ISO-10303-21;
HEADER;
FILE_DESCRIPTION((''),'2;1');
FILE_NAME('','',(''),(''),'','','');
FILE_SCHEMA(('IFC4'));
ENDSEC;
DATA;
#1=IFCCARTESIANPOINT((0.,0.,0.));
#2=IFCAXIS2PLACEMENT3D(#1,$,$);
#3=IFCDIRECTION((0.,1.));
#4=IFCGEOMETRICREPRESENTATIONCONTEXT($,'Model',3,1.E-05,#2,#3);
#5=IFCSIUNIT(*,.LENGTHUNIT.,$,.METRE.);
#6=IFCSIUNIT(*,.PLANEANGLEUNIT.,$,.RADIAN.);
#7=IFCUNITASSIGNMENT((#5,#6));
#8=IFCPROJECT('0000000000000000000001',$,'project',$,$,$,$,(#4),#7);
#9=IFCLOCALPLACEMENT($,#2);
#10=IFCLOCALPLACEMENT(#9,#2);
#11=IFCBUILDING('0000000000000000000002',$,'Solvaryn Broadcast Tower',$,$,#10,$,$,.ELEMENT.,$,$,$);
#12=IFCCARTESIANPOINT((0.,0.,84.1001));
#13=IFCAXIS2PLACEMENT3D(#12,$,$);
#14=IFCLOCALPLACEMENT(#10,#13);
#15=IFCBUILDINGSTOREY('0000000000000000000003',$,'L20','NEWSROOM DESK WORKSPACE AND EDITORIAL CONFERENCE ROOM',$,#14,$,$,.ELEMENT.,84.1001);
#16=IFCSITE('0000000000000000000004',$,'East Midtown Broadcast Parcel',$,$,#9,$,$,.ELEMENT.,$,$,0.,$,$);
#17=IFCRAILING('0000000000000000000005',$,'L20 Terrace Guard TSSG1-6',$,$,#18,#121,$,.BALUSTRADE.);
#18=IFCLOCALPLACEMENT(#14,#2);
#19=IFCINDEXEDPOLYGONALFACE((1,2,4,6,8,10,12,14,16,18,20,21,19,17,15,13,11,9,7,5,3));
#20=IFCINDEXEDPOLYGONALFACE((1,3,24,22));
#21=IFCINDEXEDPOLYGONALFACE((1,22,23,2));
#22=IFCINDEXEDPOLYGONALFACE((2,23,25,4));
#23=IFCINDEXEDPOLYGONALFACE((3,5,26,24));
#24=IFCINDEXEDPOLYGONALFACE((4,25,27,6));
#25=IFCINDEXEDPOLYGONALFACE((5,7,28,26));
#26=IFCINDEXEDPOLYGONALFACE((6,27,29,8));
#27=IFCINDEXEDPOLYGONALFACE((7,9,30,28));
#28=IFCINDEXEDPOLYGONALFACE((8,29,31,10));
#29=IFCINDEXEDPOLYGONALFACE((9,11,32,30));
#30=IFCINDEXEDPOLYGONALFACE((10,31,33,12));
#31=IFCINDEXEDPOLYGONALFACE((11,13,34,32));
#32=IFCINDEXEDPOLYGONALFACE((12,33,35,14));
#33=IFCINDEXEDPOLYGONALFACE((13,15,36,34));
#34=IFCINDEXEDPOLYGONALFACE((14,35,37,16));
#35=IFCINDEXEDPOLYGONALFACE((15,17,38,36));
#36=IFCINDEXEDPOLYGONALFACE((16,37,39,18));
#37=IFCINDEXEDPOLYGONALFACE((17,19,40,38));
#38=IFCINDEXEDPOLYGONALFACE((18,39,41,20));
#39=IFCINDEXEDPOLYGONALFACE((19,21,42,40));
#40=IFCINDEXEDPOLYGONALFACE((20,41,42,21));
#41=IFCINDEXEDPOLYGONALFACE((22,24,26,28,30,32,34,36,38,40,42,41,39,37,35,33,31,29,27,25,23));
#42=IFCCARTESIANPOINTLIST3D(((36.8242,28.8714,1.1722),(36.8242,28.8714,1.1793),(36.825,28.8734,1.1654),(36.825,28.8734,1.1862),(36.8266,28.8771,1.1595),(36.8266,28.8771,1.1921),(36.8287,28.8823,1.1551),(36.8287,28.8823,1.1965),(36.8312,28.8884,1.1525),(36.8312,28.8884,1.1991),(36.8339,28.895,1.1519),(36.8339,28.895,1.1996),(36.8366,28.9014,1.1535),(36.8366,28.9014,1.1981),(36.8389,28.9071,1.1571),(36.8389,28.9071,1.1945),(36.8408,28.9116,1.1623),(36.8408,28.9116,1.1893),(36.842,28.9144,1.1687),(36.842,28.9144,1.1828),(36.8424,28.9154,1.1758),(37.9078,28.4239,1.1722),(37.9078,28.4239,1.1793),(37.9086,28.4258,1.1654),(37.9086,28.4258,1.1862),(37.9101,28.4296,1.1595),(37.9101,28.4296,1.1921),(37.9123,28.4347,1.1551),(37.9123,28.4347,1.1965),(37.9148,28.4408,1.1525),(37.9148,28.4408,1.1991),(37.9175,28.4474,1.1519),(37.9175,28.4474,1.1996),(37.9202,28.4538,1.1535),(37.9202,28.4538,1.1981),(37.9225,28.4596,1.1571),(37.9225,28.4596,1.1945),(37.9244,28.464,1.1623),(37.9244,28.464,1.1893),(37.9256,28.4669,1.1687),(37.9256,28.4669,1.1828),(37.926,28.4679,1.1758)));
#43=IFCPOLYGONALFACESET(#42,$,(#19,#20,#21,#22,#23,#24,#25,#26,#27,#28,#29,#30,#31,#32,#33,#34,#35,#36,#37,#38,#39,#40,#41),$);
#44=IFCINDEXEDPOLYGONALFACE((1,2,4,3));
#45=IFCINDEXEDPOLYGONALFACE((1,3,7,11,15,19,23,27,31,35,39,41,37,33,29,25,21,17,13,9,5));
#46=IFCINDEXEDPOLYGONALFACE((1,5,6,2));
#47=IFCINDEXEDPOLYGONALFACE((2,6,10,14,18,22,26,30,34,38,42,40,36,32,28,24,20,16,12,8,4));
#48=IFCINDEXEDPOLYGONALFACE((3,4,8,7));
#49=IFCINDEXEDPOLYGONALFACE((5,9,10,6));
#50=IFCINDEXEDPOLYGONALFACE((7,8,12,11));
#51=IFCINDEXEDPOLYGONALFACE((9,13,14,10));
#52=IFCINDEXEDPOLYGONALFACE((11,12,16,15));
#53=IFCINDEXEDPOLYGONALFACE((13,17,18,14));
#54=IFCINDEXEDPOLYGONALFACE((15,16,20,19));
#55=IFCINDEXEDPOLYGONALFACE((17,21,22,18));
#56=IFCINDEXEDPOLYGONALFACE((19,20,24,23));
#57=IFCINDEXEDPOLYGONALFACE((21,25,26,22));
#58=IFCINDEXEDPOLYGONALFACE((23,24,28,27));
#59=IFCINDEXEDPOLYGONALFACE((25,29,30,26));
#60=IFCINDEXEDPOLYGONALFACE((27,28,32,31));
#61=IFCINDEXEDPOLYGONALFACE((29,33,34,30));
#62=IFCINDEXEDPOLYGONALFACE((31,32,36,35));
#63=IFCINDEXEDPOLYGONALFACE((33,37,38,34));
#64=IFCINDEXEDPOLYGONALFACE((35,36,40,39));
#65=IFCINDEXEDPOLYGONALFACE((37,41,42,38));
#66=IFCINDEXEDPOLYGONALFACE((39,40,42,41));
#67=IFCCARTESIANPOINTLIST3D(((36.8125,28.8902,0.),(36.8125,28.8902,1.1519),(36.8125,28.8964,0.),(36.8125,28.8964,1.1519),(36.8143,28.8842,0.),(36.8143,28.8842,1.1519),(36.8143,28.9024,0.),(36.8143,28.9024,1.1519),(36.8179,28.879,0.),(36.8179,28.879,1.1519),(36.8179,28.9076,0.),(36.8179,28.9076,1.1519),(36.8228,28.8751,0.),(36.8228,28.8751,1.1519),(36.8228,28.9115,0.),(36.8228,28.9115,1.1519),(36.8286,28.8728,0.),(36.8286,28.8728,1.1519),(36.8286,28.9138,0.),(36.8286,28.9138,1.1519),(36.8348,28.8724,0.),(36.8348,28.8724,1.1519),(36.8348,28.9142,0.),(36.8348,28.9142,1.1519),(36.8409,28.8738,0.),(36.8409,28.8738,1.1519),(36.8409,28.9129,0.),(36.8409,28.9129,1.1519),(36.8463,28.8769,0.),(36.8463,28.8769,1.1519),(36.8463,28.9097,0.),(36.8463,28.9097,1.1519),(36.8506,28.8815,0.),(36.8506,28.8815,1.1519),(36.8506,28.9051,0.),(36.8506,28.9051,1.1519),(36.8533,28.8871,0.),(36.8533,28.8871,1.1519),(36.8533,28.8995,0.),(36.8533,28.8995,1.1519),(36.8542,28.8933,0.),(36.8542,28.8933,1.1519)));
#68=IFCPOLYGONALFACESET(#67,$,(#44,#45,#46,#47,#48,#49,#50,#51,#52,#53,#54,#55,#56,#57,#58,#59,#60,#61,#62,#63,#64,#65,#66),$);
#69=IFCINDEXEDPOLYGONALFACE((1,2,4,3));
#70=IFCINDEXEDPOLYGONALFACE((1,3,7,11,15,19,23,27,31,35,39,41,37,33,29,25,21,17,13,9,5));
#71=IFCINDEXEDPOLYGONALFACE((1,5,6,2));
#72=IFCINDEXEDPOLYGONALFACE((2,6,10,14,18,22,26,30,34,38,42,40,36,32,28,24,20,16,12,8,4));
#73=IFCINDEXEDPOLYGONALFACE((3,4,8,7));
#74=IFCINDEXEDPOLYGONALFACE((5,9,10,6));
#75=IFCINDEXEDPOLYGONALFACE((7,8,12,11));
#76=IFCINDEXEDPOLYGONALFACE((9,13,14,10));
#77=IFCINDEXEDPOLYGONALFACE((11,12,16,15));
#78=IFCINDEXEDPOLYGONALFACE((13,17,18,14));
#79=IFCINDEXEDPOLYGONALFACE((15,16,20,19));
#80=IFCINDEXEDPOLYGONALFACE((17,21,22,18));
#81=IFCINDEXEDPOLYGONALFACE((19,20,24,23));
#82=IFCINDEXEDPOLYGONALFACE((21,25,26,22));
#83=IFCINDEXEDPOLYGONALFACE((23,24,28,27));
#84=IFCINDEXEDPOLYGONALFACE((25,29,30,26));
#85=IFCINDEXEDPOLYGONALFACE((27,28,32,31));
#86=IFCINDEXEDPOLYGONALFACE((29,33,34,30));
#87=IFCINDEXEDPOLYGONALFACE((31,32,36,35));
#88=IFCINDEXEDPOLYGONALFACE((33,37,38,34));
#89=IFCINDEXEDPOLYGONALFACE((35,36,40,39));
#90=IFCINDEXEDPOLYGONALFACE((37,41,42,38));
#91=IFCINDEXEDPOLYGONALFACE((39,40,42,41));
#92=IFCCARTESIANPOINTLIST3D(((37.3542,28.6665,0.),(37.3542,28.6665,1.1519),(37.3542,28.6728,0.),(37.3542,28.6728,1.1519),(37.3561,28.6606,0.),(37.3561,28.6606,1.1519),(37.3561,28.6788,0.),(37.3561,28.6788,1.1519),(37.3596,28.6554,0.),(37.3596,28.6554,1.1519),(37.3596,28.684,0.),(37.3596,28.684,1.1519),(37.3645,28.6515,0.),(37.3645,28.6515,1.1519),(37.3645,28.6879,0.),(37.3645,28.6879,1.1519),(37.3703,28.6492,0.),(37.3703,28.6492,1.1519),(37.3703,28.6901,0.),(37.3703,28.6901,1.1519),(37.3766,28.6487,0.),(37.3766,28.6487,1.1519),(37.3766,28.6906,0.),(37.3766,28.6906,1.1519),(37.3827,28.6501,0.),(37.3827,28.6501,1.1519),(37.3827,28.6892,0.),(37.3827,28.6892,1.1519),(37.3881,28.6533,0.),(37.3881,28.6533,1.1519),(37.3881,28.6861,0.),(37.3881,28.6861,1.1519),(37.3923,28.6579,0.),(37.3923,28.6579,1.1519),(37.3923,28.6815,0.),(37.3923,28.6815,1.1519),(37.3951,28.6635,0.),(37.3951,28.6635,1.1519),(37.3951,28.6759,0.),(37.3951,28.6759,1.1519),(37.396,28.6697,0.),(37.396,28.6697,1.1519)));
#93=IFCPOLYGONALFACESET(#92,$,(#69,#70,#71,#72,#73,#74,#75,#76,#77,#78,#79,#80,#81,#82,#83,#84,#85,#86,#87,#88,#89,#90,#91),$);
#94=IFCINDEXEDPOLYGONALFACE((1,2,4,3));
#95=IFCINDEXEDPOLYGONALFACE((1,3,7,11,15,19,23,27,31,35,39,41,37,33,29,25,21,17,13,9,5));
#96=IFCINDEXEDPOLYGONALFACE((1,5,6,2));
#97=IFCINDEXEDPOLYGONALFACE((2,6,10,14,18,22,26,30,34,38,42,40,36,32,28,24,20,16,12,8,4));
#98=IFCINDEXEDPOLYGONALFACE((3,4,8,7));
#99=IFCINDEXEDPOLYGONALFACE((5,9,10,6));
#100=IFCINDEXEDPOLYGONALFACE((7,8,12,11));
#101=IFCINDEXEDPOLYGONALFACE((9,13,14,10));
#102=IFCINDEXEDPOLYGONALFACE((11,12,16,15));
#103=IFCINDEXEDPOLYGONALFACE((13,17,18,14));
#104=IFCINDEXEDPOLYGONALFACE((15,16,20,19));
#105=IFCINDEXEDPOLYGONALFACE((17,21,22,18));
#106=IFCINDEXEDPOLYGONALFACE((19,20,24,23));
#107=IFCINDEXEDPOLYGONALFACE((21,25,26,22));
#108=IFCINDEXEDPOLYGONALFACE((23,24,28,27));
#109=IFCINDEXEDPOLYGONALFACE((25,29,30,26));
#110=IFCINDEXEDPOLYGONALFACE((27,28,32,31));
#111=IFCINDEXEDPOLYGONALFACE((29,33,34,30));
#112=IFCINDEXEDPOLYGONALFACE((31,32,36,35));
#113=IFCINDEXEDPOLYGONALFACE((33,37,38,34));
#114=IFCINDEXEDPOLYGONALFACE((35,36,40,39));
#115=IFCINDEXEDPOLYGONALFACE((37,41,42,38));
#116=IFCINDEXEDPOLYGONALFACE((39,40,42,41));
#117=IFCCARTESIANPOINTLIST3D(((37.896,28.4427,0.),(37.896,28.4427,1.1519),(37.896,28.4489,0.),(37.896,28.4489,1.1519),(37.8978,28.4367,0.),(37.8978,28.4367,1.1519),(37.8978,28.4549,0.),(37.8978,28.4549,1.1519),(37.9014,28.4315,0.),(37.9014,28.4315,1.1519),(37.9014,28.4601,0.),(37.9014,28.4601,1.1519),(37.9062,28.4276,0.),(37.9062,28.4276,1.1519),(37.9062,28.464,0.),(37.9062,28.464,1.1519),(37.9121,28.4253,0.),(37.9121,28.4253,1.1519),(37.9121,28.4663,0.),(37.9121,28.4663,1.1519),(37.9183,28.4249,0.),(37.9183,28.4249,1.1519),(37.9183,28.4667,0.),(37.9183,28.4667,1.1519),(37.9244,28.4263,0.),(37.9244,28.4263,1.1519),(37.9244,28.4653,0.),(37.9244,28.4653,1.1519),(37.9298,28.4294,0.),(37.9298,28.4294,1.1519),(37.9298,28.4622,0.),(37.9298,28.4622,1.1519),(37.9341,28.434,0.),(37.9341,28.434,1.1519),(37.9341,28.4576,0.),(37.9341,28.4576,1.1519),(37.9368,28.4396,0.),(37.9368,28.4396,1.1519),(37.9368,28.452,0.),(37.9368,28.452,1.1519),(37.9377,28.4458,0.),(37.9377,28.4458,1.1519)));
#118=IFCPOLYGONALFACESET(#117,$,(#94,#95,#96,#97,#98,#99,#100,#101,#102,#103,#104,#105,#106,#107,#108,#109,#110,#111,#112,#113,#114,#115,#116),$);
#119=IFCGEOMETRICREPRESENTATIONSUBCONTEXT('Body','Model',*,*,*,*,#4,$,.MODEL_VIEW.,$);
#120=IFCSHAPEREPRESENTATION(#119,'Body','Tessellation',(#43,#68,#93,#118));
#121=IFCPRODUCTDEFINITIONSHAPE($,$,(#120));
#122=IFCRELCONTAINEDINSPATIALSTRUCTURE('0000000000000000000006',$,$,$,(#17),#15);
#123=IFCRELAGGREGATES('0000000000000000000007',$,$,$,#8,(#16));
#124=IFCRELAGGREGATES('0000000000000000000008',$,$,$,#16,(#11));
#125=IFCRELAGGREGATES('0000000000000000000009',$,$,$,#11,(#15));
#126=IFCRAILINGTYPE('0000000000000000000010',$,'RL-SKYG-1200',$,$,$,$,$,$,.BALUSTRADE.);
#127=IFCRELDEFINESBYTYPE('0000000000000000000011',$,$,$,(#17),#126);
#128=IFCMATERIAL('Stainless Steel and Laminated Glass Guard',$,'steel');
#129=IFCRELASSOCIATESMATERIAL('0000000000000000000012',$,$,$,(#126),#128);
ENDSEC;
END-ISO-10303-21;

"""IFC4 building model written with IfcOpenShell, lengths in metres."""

from ifc_helpers import new_model, si_unit, direction, frame, origin, origin_2d, place, context, subcontext, project, spatial, circle, extrude, material, type_object, element, save


model = new_model("IFC4")

# Units and contexts
model_context = context("Model", 3, precision=1e-05, world=origin(), true_north=direction((0.0, 1.0)))
body_context = subcontext(model_context, "Body", "Model", "MODEL_VIEW")
ifc_project = project(units=[si_unit("LENGTHUNIT", "METRE"), si_unit("PLANEANGLEUNIT", "RADIAN")], contexts=[model_context])

# Site, building, storey
site_placement = place(None, origin())
site = spatial("IfcSite", under=ifc_project, at=site_placement, Name="East Midtown Broadcast Parcel", CompositionType="ELEMENT", RefElevation=0.0)
building_placement = place(site_placement, origin())
building = spatial("IfcBuilding", under=site, at=building_placement, Name="Solvaryn Broadcast Tower", CompositionType="ELEMENT")
storey_placement = place(building_placement, frame((0.0, 0.0, 84.1001)))
storey = spatial("IfcBuildingStorey", under=building, at=storey_placement, Name="L20", Description="NEWSROOM DESK WORKSPACE AND EDITORIAL CONFERENCE ROOM", CompositionType="ELEMENT", Elevation=84.1001)

# Railing
ifc_material_1 = material(Name="Stainless Steel and Laminated Glass Guard", Category="steel")
railing_type_1 = type_object("IfcRailingType", Name="RL-SKYG-1200", PredefinedType="BALUSTRADE", material=ifc_material_1)
railing_1_placement = place(storey_placement, frame((36.8333, 28.8933, 0.0)))
element("IfcRailing", 1, at=railing_1_placement, inside=storey, type_object=railing_type_1, Name="L20 Terrace Guard TSSG1-6", PredefinedType="BALUSTRADE", context=body_context, shape_type="SweptSolid", body=[
    extrude(circle(Radius=0.0239, at=origin_2d()), frame((0.0, 0.0, 1.1758), z_axis=(0.924268, -0.381745, 0.0), x_axis=(0.381745, 0.924268, 0.0)), (0.0, 0.0, 1.0), 1.1724),
    extrude(circle(Radius=0.021, at=origin_2d()), origin(), (0.0, 0.0, 1.0), 1.1519),
    extrude(circle(Radius=0.021, at=origin_2d()), frame((0.5417, -0.2236, 0.0)), (0.0, 0.0, 1.0), 1.1519),
    extrude(circle(Radius=0.021, at=origin_2d()), frame((1.0835, -0.4475, 0.0)), (0.0, 0.0, 1.0), 1.1519),
])

save(model, "model.ifc")
